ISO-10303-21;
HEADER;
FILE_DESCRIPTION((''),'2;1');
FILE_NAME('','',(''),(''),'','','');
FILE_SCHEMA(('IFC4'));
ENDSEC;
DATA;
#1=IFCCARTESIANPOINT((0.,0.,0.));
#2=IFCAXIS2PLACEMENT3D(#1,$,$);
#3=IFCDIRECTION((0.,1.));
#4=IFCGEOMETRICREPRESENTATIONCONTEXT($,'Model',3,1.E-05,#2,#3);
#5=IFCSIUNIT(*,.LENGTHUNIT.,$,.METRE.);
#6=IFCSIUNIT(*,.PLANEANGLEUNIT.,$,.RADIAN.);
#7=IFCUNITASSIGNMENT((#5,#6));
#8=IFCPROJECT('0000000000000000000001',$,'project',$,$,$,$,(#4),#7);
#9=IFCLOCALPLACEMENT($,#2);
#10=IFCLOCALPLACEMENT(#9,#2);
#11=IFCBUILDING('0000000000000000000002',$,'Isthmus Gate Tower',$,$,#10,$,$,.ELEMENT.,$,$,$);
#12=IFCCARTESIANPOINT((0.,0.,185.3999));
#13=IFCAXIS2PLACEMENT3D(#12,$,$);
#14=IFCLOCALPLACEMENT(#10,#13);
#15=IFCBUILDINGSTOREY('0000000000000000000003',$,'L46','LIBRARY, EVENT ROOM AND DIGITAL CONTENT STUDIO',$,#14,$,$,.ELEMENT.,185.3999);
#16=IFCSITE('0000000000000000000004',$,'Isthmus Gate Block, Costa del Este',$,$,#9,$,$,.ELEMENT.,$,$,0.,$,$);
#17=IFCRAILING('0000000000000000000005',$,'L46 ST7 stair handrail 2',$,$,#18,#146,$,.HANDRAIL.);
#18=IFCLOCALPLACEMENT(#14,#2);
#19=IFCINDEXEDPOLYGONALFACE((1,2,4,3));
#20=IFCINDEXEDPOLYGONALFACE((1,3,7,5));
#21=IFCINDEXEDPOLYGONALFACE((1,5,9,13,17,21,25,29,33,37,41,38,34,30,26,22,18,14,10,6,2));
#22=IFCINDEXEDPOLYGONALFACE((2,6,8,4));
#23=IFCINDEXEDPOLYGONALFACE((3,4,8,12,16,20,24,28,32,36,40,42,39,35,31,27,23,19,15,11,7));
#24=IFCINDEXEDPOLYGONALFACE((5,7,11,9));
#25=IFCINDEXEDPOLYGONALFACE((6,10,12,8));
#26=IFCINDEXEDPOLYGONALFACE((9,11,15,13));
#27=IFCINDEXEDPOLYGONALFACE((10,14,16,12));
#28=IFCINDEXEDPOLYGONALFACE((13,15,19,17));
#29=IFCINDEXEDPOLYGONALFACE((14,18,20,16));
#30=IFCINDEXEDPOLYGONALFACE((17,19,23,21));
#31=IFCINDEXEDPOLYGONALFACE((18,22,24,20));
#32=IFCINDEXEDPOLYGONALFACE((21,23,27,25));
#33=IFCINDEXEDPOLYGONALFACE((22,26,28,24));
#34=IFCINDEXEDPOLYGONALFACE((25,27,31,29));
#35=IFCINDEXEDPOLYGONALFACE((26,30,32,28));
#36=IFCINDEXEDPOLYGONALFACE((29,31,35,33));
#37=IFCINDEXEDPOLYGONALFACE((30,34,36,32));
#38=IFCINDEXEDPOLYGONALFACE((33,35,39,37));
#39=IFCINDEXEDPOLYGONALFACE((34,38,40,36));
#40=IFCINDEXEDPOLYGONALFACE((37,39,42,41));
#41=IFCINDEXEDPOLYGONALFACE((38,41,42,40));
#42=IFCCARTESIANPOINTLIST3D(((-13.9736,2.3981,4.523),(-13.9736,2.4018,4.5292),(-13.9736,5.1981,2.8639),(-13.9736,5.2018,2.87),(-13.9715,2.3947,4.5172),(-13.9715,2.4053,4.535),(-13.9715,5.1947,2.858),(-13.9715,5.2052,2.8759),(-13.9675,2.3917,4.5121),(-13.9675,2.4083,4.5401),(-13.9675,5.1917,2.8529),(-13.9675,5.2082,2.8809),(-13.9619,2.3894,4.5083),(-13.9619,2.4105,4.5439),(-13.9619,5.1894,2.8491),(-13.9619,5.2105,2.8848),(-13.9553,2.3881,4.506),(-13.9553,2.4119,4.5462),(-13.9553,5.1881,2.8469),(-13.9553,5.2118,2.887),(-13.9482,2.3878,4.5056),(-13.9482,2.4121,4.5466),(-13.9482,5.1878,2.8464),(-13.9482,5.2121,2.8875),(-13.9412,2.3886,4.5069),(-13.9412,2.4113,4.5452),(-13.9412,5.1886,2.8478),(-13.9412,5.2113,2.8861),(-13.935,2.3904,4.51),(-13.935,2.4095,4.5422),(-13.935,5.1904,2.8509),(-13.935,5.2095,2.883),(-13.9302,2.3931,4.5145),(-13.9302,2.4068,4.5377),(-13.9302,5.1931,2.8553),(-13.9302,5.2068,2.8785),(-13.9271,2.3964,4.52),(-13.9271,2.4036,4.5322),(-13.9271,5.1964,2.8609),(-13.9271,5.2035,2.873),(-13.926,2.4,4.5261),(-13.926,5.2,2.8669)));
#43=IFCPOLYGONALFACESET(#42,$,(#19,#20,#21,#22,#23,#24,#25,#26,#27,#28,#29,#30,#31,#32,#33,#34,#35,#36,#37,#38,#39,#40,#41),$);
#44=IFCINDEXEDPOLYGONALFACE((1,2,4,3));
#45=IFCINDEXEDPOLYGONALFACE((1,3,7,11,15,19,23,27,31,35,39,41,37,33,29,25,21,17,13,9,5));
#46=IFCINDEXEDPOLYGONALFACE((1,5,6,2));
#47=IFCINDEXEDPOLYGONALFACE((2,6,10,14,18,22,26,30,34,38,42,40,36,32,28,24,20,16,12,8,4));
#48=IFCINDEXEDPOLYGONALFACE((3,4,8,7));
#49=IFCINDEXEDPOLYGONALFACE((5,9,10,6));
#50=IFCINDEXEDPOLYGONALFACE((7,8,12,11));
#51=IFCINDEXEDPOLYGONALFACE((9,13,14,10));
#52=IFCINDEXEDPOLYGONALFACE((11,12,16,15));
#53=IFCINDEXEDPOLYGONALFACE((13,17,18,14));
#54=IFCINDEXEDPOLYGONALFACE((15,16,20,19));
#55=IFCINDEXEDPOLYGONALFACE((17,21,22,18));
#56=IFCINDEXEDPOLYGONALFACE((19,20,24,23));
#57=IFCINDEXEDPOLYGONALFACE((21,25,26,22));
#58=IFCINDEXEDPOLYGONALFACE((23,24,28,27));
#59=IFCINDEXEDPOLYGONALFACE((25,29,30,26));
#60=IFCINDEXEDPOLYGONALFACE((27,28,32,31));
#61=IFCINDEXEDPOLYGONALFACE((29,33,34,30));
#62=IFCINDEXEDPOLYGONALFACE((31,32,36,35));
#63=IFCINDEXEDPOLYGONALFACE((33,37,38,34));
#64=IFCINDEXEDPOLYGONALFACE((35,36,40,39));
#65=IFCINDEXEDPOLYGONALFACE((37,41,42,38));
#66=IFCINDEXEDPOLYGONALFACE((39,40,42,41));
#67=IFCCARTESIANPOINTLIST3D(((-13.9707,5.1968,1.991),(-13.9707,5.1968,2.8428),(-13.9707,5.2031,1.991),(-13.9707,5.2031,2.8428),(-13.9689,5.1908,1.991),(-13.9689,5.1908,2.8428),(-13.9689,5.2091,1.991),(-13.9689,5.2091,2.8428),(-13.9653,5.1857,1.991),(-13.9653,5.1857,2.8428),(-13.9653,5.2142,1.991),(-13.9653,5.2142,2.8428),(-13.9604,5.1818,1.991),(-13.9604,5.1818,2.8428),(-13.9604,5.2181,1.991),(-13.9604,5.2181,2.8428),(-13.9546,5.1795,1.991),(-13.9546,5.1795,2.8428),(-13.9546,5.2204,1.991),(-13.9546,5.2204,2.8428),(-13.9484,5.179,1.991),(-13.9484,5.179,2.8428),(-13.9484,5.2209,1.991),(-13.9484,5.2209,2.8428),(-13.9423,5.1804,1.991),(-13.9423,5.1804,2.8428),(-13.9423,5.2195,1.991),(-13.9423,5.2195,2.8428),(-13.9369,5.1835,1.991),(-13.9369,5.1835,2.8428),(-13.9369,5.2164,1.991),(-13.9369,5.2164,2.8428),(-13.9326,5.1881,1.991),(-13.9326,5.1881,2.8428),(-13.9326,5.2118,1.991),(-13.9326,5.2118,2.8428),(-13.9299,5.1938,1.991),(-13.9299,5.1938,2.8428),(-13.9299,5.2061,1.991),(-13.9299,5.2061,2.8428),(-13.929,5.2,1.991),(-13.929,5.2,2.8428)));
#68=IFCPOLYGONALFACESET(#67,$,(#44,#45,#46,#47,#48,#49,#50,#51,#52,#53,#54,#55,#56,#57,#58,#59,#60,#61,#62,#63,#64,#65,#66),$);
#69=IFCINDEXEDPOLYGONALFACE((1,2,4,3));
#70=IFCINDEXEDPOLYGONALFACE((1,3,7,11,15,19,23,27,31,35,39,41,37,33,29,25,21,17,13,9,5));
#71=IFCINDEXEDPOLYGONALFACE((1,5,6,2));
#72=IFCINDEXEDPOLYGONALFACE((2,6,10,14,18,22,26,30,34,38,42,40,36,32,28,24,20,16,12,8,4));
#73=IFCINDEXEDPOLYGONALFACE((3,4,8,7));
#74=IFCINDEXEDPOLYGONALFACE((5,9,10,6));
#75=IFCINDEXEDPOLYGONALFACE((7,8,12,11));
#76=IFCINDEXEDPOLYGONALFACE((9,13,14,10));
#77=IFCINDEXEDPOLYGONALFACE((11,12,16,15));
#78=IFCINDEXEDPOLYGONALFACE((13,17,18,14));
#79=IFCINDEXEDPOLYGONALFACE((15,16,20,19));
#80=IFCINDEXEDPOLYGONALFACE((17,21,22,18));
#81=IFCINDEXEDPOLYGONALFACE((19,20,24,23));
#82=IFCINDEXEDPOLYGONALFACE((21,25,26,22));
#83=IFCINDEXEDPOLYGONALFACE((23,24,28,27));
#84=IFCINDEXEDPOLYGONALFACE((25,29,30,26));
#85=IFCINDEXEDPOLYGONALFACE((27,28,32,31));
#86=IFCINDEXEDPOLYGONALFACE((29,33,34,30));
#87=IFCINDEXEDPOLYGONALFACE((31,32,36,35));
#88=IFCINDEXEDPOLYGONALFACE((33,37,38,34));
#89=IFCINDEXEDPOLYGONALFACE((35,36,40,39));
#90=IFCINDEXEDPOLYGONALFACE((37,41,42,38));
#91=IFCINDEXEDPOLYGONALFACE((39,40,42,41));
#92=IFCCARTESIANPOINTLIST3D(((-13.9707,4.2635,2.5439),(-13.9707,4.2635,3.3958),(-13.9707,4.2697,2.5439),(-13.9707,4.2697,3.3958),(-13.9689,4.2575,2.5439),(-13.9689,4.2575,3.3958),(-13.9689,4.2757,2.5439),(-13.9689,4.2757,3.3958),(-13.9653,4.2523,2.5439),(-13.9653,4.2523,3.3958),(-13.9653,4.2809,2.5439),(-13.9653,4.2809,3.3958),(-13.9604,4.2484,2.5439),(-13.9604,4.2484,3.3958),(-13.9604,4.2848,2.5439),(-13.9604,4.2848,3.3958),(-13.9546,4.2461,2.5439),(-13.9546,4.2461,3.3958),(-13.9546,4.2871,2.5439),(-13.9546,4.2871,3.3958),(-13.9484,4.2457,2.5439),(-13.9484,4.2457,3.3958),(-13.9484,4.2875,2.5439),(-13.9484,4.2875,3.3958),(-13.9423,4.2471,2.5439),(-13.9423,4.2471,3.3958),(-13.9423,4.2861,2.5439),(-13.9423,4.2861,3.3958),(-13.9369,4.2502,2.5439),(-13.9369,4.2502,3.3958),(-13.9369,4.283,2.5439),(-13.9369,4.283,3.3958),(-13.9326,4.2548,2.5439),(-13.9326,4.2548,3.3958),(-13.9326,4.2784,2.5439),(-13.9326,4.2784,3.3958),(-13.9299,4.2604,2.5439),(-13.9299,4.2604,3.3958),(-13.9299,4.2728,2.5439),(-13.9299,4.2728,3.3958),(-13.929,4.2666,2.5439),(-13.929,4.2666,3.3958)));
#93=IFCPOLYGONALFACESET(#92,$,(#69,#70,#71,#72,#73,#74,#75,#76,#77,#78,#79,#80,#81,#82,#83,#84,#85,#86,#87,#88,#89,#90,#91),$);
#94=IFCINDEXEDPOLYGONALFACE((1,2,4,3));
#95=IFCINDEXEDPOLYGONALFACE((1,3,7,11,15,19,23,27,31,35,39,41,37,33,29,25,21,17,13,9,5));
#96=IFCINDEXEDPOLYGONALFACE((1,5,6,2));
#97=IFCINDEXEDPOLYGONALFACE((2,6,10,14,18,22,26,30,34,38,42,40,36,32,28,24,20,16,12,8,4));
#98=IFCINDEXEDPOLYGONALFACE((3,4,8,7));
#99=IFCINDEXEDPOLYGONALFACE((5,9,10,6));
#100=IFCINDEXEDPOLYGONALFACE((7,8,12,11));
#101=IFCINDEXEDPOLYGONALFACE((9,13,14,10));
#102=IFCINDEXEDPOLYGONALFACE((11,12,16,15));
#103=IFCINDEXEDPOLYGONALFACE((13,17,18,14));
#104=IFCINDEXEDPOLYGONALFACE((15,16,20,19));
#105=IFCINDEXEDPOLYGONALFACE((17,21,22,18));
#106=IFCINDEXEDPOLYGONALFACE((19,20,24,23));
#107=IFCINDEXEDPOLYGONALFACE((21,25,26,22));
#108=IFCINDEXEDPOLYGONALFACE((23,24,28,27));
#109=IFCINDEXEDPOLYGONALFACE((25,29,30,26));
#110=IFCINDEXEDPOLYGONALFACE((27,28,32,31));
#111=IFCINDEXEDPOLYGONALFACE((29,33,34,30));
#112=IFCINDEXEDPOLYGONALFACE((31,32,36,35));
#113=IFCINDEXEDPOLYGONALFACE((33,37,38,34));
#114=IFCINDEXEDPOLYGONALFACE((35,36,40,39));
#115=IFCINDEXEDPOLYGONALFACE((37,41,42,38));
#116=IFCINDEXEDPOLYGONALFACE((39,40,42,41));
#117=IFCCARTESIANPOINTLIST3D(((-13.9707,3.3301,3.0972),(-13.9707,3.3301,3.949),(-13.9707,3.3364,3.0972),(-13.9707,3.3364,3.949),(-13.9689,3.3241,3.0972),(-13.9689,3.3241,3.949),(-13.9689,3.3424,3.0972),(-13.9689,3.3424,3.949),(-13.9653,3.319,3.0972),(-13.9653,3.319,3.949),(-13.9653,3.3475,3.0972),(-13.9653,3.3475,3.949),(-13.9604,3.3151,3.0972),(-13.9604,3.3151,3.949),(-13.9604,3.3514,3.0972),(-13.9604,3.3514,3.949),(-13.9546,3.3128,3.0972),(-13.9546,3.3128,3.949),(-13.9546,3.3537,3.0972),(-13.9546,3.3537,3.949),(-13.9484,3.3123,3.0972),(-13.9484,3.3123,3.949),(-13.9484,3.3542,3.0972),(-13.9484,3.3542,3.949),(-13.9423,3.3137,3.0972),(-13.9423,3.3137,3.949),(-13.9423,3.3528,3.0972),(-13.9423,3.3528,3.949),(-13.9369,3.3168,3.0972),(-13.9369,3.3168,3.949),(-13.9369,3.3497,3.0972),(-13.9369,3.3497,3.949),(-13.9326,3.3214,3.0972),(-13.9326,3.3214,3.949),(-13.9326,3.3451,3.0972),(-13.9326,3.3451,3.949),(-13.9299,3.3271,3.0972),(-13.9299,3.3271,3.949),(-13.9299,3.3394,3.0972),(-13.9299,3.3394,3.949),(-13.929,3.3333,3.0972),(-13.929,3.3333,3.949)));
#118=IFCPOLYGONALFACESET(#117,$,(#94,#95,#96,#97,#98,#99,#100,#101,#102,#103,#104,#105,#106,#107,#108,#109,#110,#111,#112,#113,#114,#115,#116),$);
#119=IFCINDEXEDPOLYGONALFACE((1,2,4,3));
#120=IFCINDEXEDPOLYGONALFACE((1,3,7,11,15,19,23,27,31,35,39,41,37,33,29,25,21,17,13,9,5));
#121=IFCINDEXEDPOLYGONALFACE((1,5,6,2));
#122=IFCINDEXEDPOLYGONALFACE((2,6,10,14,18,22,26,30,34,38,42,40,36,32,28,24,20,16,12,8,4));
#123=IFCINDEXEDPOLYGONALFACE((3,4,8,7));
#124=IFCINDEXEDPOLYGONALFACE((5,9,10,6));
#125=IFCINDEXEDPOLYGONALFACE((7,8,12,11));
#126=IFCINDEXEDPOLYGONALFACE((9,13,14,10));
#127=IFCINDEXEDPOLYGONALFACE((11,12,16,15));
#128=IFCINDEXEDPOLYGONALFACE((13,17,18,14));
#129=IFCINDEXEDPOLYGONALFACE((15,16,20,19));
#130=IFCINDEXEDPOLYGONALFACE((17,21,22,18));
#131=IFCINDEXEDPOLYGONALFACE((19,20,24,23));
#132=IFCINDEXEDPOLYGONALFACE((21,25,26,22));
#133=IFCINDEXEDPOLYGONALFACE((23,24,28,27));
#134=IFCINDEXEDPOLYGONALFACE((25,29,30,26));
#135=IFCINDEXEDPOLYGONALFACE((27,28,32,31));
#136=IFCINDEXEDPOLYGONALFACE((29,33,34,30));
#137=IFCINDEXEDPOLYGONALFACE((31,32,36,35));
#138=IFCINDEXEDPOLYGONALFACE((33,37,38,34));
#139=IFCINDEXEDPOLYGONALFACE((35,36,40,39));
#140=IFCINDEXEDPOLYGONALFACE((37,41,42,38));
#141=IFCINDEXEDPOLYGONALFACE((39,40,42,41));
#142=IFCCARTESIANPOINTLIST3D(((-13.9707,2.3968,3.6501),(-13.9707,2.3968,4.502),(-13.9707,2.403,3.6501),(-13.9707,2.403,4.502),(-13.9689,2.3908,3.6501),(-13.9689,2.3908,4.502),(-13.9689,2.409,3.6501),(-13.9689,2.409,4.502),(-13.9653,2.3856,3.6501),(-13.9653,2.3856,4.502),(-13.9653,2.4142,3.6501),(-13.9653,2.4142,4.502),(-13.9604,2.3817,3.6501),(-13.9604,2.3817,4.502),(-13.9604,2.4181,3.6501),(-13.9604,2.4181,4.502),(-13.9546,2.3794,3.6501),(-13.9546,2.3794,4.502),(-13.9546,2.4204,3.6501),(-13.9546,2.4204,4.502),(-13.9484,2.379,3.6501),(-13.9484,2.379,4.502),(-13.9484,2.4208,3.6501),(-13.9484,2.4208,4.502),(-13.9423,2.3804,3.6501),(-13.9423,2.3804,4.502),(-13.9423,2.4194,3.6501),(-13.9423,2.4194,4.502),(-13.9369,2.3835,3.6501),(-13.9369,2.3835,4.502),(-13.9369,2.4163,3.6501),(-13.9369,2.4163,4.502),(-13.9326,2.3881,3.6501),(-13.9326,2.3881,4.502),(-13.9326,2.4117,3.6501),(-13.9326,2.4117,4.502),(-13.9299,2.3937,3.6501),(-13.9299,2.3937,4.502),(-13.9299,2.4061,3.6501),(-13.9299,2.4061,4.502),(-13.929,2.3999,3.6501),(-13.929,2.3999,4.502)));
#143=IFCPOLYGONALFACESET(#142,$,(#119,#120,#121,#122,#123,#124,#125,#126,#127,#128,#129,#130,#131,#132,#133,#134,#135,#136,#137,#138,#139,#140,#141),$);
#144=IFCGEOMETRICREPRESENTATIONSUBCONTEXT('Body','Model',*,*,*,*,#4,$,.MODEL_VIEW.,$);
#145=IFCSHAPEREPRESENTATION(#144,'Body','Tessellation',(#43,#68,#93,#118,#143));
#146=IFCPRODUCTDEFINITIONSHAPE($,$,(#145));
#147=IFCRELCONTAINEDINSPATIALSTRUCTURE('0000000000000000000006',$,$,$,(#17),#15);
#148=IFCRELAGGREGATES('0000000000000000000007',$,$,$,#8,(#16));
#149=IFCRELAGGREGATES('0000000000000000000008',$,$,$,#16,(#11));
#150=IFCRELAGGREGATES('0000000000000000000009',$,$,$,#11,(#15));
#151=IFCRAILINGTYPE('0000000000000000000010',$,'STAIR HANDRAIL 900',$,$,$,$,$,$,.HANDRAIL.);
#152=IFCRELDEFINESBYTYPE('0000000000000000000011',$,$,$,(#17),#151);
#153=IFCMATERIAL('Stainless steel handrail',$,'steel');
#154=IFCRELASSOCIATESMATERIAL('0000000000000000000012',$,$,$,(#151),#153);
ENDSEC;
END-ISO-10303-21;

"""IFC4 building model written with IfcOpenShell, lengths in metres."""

from ifc_helpers import new_model, si_unit, direction, frame, origin, origin_2d, place, context, subcontext, project, spatial, circle, extrude, material, type_object, element, save


model = new_model("IFC4")

# Units and contexts
model_context = context("Model", 3, precision=1e-05, world=origin(), true_north=direction((0.0, 1.0)))
body_context = subcontext(model_context, "Body", "Model", "MODEL_VIEW")
ifc_project = project(units=[si_unit("LENGTHUNIT", "METRE"), si_unit("PLANEANGLEUNIT", "RADIAN")], contexts=[model_context])

# Site, building, storey
site_placement = place(None, origin())
site = spatial("IfcSite", under=ifc_project, at=site_placement, Name="Isthmus Gate Block, Costa del Este", CompositionType="ELEMENT", RefElevation=0.0)
building_placement = place(site_placement, origin())
building = spatial("IfcBuilding", under=site, at=building_placement, Name="Isthmus Gate Tower", CompositionType="ELEMENT")
storey_placement = place(building_placement, frame((0.0, 0.0, 185.3999)))
storey = spatial("IfcBuildingStorey", under=building, at=storey_placement, Name="L46", Description="LIBRARY, EVENT ROOM AND DIGITAL CONTENT STUDIO", CompositionType="ELEMENT", Elevation=185.3999)

# Railing
ifc_material_1 = material(Name="Stainless steel handrail", Category="steel")
railing_type_1 = type_object("IfcRailingType", Name="STAIR HANDRAIL 900", PredefinedType="HANDRAIL", material=ifc_material_1)
railing_1_placement = place(storey_placement, frame((-13.95, 5.2, 1.991)))
element("IfcRailing", 1, at=railing_1_placement, inside=storey, type_object=railing_type_1, Name="L46 ST7 stair handrail 2", PredefinedType="HANDRAIL", context=body_context, shape_type="SweptSolid", body=[
    extrude(circle(Radius=0.0239, at=origin_2d()), frame((0.0, 0.0, 0.876), z_axis=(0.0, -0.860306, 0.509778), x_axis=(1.0, 0.0, 0.0)), (0.0, 0.0, 1.0), 3.2546),
    extrude(circle(Radius=0.021, at=origin_2d()), origin(), (0.0, 0.0, 1.0), 0.8518),
    extrude(circle(Radius=0.021, at=origin_2d()), frame((0.0, -0.9333, 0.553)), (0.0, 0.0, 1.0), 0.8518),
    extrude(circle(Radius=0.021, at=origin_2d()), frame((0.0, -1.8667, 1.1062)), (0.0, 0.0, 1.0), 0.8518),
    extrude(circle(Radius=0.021, at=origin_2d()), frame((0.0, -2.8, 1.6592)), (0.0, 0.0, 1.0), 0.8518),
])

save(model, "model.ifc")
